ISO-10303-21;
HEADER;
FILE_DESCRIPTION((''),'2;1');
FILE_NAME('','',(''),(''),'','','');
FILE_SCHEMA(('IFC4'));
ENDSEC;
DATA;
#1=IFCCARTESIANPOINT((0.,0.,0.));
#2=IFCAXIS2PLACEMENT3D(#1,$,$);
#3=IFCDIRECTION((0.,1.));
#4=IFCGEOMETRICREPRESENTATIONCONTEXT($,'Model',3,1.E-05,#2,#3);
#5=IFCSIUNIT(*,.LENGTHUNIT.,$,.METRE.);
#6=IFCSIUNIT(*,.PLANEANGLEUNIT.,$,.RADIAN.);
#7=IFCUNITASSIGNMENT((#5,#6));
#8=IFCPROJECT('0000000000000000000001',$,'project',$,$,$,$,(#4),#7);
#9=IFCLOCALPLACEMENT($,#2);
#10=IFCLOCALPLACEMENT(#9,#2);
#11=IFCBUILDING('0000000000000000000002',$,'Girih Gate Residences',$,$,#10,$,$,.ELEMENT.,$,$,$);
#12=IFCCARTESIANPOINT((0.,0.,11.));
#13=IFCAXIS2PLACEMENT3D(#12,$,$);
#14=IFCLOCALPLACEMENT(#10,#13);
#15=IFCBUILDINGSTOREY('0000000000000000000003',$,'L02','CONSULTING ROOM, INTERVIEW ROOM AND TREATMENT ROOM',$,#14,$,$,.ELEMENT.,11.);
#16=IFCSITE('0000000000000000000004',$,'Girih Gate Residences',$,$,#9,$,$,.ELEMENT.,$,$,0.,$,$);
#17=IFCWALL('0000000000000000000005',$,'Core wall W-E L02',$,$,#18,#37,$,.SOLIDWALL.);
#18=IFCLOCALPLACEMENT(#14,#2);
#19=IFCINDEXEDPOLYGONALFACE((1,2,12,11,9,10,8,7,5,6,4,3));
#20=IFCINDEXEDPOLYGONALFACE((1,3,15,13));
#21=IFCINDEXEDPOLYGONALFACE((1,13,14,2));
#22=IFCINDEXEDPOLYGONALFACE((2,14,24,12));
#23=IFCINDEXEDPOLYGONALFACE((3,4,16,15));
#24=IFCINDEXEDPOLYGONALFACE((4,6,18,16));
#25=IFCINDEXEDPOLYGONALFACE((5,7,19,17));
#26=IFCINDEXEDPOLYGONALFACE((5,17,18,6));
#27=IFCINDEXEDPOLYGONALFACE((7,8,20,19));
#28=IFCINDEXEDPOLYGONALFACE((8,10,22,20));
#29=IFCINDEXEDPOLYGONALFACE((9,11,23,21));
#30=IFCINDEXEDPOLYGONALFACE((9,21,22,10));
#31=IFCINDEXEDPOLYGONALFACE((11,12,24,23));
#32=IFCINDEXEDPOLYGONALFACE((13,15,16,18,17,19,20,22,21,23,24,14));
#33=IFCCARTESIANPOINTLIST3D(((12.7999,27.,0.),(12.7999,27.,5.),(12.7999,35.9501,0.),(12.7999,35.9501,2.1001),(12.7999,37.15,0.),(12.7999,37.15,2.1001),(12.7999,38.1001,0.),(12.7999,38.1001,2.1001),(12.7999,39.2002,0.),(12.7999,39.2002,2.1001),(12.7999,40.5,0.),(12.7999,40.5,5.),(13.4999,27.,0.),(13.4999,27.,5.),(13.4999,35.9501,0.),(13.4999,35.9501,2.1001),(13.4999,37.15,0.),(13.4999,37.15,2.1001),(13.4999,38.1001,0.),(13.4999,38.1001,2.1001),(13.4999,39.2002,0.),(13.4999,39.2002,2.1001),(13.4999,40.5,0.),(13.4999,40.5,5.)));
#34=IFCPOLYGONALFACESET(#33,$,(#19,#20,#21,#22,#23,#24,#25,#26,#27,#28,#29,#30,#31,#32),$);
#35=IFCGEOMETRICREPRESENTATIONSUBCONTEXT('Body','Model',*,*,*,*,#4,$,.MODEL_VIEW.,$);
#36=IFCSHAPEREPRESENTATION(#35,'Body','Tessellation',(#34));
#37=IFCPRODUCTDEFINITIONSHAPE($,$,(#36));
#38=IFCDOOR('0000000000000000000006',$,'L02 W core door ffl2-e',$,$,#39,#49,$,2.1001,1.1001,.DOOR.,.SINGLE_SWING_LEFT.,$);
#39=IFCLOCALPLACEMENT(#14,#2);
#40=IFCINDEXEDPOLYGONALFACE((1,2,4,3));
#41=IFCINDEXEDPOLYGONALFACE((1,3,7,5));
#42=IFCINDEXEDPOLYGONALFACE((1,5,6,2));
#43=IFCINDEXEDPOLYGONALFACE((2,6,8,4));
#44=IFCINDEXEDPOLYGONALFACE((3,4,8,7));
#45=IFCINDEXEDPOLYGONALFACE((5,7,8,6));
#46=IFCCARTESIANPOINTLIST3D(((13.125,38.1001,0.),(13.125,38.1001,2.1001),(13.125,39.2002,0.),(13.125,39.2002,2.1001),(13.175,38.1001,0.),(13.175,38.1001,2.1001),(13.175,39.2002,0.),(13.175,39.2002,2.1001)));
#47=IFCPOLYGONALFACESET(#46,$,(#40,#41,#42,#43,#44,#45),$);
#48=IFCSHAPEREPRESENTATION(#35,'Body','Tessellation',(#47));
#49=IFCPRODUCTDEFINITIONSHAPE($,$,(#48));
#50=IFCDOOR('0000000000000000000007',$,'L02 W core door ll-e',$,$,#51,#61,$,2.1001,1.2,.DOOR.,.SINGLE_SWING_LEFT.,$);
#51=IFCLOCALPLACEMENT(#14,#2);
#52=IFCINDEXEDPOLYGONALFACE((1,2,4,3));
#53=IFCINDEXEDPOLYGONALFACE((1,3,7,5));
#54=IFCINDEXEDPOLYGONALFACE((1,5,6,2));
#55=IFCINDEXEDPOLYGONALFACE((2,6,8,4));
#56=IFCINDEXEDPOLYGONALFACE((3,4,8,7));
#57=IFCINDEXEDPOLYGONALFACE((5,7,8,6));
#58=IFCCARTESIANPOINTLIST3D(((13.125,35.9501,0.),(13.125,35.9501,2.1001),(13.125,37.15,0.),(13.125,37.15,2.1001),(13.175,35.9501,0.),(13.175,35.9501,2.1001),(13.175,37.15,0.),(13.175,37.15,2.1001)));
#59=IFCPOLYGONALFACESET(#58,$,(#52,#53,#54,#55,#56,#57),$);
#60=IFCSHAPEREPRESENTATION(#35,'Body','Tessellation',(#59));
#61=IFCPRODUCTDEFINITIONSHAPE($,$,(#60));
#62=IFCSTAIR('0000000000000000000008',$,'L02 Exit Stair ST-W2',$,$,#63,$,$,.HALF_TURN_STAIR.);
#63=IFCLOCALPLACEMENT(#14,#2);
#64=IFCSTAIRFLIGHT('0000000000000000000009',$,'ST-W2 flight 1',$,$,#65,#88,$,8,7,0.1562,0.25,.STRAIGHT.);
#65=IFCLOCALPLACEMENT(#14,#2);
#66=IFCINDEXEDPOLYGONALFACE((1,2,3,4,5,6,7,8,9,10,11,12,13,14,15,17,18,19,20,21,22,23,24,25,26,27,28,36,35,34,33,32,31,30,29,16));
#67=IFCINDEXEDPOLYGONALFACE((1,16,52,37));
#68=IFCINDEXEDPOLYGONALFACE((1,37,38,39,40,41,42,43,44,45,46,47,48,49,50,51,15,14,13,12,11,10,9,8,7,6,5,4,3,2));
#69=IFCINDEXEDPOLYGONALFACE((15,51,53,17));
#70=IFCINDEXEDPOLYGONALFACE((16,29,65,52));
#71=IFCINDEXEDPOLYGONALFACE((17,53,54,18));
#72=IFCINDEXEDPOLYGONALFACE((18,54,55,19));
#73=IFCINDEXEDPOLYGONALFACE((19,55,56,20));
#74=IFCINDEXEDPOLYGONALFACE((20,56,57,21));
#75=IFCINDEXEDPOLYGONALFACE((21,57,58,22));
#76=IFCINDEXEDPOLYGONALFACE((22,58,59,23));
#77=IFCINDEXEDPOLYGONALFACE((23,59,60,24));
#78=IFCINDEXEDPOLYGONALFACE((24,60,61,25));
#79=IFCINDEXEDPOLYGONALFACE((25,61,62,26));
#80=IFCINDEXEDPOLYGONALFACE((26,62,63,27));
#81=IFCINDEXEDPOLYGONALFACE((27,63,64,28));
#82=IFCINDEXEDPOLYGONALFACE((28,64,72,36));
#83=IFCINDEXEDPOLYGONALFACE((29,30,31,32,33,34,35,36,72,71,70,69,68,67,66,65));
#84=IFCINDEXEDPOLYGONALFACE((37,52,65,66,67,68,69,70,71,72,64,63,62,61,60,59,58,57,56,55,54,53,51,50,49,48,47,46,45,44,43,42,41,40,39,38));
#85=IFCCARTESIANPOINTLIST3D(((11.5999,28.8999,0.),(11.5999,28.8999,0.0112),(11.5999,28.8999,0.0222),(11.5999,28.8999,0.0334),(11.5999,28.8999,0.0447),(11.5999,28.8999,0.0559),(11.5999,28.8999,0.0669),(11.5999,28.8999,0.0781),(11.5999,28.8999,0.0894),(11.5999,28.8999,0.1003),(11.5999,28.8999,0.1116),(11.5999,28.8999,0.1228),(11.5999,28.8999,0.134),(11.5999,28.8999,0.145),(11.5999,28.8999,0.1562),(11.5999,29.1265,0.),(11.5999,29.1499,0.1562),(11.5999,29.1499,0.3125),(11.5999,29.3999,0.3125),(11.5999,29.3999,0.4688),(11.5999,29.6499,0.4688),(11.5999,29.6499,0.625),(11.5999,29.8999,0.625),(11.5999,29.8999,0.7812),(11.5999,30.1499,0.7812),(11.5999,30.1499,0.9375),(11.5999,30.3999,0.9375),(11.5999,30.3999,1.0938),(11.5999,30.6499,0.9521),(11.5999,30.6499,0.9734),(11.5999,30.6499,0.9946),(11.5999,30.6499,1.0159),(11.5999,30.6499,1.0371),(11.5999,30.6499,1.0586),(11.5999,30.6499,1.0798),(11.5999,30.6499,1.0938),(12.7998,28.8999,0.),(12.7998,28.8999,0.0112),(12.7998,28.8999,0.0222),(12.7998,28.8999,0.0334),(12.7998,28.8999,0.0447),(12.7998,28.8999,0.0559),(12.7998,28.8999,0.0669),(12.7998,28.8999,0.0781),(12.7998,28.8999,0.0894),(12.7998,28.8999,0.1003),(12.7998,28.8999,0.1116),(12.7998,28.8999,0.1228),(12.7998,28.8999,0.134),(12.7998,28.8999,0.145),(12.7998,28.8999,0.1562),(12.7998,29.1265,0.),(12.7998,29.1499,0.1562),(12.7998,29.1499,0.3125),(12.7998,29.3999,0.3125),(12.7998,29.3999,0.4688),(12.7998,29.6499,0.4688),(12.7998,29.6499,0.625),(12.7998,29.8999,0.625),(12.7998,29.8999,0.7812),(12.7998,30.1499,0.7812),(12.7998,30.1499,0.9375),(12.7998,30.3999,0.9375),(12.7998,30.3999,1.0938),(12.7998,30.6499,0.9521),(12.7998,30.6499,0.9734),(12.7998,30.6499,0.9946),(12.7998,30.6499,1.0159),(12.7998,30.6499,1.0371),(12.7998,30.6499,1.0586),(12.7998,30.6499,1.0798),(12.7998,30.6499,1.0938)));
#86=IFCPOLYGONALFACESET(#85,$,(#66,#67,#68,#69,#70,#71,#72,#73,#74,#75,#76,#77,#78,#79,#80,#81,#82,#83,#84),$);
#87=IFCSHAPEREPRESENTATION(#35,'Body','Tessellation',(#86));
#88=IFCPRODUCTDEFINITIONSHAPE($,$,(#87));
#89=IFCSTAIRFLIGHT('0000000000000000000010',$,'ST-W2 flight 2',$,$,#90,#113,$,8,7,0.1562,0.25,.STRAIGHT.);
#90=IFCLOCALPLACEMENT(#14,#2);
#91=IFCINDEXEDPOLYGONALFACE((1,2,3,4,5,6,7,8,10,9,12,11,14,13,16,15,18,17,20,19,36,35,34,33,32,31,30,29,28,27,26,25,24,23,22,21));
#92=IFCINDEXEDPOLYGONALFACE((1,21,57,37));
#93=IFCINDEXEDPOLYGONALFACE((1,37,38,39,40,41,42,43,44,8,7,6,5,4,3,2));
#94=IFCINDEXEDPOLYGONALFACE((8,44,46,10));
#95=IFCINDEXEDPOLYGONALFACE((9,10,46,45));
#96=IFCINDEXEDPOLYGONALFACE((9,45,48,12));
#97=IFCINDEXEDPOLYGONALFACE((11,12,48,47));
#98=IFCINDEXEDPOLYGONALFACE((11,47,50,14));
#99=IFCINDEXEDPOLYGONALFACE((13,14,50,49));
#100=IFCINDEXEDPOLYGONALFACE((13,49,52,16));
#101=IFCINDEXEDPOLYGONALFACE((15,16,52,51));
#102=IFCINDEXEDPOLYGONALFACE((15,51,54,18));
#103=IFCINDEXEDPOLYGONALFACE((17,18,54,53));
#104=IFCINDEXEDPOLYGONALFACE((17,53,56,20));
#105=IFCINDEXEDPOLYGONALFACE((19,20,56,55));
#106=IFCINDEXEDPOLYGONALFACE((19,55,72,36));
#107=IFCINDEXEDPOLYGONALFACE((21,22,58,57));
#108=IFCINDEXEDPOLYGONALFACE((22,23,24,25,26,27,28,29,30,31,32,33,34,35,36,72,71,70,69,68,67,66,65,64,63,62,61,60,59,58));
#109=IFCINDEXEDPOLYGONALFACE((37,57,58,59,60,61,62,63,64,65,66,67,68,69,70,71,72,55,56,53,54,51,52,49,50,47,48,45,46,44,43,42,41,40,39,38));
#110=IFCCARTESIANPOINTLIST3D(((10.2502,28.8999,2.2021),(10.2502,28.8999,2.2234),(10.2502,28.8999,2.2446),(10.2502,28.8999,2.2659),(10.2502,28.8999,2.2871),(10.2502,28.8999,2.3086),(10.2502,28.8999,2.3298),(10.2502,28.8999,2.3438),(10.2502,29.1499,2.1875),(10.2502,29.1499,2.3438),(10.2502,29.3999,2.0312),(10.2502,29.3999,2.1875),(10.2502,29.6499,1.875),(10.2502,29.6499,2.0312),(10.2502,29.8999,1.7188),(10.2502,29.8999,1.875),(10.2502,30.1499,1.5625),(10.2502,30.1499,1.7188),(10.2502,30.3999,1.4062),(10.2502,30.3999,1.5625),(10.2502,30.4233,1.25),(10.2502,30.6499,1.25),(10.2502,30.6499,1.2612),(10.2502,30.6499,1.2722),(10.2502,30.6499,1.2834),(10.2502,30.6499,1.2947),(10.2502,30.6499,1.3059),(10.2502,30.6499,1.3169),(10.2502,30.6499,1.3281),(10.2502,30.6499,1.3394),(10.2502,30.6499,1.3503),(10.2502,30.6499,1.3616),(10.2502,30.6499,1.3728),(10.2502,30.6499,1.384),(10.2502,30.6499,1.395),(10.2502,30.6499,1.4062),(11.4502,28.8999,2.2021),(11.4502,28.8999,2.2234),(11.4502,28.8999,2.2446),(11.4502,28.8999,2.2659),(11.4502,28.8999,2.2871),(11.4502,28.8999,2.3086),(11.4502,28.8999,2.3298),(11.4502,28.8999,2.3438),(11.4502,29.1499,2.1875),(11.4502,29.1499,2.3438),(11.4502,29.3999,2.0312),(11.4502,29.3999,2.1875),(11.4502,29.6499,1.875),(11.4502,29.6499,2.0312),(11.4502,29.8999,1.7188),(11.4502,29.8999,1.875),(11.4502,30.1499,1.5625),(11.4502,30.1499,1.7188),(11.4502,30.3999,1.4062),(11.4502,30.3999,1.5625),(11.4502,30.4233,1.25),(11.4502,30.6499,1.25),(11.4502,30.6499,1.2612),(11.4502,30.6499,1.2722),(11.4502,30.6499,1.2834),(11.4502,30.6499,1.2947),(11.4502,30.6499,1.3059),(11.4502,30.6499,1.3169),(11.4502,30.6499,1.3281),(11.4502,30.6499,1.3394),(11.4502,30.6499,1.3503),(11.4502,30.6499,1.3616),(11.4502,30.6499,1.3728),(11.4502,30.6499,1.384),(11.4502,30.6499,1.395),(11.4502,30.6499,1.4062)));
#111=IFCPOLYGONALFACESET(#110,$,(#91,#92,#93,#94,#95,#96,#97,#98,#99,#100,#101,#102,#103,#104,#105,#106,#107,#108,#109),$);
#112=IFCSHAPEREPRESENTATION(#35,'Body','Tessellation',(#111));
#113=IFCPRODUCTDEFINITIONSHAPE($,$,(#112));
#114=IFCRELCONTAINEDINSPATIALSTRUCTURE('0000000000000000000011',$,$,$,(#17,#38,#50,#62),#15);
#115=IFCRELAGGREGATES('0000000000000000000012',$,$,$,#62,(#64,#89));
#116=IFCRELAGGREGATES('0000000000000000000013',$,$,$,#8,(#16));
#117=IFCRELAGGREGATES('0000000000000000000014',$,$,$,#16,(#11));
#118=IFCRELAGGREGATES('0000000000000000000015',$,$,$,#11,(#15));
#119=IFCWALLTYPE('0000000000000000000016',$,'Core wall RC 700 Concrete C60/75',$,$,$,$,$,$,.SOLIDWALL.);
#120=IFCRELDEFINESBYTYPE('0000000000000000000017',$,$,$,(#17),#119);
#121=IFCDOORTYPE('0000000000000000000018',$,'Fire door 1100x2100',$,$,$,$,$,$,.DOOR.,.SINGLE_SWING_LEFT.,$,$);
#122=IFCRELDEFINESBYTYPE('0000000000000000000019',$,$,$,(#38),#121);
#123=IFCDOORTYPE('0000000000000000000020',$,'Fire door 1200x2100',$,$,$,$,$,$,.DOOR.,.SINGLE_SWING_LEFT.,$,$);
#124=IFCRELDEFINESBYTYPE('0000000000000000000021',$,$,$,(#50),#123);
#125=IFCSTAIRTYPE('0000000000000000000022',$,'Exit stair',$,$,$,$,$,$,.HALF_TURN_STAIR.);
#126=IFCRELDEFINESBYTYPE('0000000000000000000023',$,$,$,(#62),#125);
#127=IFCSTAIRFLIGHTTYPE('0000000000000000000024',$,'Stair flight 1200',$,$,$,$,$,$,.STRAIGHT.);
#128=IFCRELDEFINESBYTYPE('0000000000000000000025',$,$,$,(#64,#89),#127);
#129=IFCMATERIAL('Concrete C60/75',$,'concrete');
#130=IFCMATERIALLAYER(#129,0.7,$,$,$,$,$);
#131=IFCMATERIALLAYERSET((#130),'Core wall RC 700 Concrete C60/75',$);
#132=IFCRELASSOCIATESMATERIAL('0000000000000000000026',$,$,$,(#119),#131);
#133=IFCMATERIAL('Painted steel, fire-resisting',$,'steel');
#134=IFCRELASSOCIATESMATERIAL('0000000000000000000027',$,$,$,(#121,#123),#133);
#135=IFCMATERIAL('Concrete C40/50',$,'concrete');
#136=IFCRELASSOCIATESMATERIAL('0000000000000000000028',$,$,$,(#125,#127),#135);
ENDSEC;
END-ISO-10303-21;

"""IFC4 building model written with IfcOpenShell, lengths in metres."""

from ifc_helpers import new_model, si_unit, direction, frame, frame_2d, origin, place, context, subcontext, project, spatial, polyline, rectangle, outline, extrude, material, layer, layer_set, type_object, element, fill, aggregate, save


model = new_model("IFC4")

# Units and contexts
model_context = context("Model", 3, precision=1e-05, world=origin(), true_north=direction((0.0, 1.0)))
body_context = subcontext(model_context, "Body", "Model", "MODEL_VIEW")
ifc_project = project(units=[si_unit("LENGTHUNIT", "METRE"), si_unit("PLANEANGLEUNIT", "RADIAN")], contexts=[model_context])

# Site, building, storey
site_placement = place(None, origin())
site = spatial("IfcSite", under=ifc_project, at=site_placement, Name="Girih Gate Residences", CompositionType="ELEMENT", RefElevation=0.0)
building_placement = place(site_placement, origin())
building = spatial("IfcBuilding", under=site, at=building_placement, Name="Girih Gate Residences", CompositionType="ELEMENT")
storey_placement = place(building_placement, frame((0.0, 0.0, 11.0)))
storey = spatial("IfcBuildingStorey", under=building, at=storey_placement, Name="L02", Description="CONSULTING ROOM, INTERVIEW ROOM AND TREATMENT ROOM", CompositionType="ELEMENT", Elevation=11.0)

# Shared definitions
ifc_material_1 = material(Name="Concrete C60/75", Category="concrete")

# Wall, openings, doors
ifc_layer_1 = layer(ifc_material_1, 0.7)
ifc_layer_set_1 = layer_set([ifc_layer_1], Name="Core wall RC 700 Concrete C60/75")
wall_type = type_object("IfcWallType", Name="Core wall RC 700 Concrete C60/75", PredefinedType="SOLIDWALL", material=ifc_layer_set_1)
wall_placement = place(storey_placement, frame((13.1499, 27.0, 0.0), z_axis=(0.0, 0.0, 1.0), x_axis=(0.0, 1.0, 0.0)))
wall = element("IfcWall", 1, at=wall_placement, inside=storey, type_object=wall_type, Name="Core wall W-E L02", PredefinedType="SOLIDWALL", context=body_context, shape_type="SweptSolid", body=[
    extrude(rectangle(XDim=13.5, YDim=0.7, at=frame_2d((6.75, 0.0))), origin(), (0.0, 0.0, 1.0), 5.0),
])
opening_1_placement = place(wall_placement, frame((11.1001, 0.0, 0.0)))
opening_1 = element("IfcOpeningElement", 2, at=opening_1_placement, cuts=wall, PredefinedType="OPENING", context=body_context, shape_type="SweptSolid", body=[
    extrude(rectangle(XDim=1.1001, YDim=2.1001, at=frame_2d((0.55, 1.05))), frame((0.0, 0.3599, 0.0), z_axis=(0.0, -1.0, 0.0), x_axis=(1.0, 0.0, 0.0)), (0.0, 0.0, 1.0), 0.72),
])
opening_2_placement = place(wall_placement, frame((8.95, 0.0, 0.0)))
opening_2 = element("IfcOpeningElement", 3, at=opening_2_placement, cuts=wall, PredefinedType="OPENING", context=body_context, shape_type="SweptSolid", body=[
    extrude(rectangle(XDim=1.2, YDim=2.1001, at=frame_2d((0.6001, 1.05))), frame((0.0, 0.3599, 0.0), z_axis=(0.0, -1.0, 0.0), x_axis=(1.0, 0.0, 0.0)), (0.0, 0.0, 1.0), 0.72),
])
ifc_material_2 = material(Name="Painted steel, fire-resisting", Category="steel")
door_type_1 = type_object("IfcDoorType", Name="Fire door 1100x2100", OperationType="SINGLE_SWING_LEFT", PredefinedType="DOOR", material=ifc_material_2)
door_1_placement = place(opening_1_placement, origin())
door_1 = element("IfcDoor", 4, at=door_1_placement, inside=storey, type_object=door_type_1, Name="L02 W core door ffl2-e", OperationType="SINGLE_SWING_LEFT", OverallHeight=2.1001, OverallWidth=1.1001, PredefinedType="DOOR", context=body_context, shape_type="SweptSolid", body=[
    extrude(rectangle(XDim=1.1001, YDim=2.1001, at=frame_2d((0.55, 1.05))), frame((0.0, 0.0249, 0.0), z_axis=(0.0, -1.0, 0.0), x_axis=(1.0, 0.0, 0.0)), (0.0, 0.0, 1.0), 0.05),
])
fill(opening_1, door_1)
door_type_2 = type_object("IfcDoorType", Name="Fire door 1200x2100", OperationType="SINGLE_SWING_LEFT", PredefinedType="DOOR", material=ifc_material_2)
door_2_placement = place(opening_2_placement, origin())
door_2 = element("IfcDoor", 5, at=door_2_placement, inside=storey, type_object=door_type_2, Name="L02 W core door ll-e", OperationType="SINGLE_SWING_LEFT", OverallHeight=2.1001, OverallWidth=1.2, PredefinedType="DOOR", context=body_context, shape_type="SweptSolid", body=[
    extrude(rectangle(XDim=1.2, YDim=2.1001, at=frame_2d((0.6001, 1.05))), frame((0.0, 0.0249, 0.0), z_axis=(0.0, -1.0, 0.0), x_axis=(1.0, 0.0, 0.0)), (0.0, 0.0, 1.0), 0.05),
])
fill(opening_2, door_2)

# Stair, stair flights
ifc_material_3 = material(Name="Concrete C40/50", Category="concrete")
stair_type = type_object("IfcStairType", Name="Exit stair", PredefinedType="HALF_TURN_STAIR", material=ifc_material_3)
stair_placement = place(storey_placement, origin())
stair = element("IfcStair", 6, at=stair_placement, inside=storey, type_object=stair_type, Name="L02 Exit Stair ST-W2", PredefinedType="HALF_TURN_STAIR")
stair_flight_type = type_object("IfcStairFlightType", Name="Stair flight 1200", PredefinedType="STRAIGHT", material=ifc_material_3)
stair_flight_1_placement = place(storey_placement, frame((12.2, 28.8999, 0.0), z_axis=(0.0, 0.0, 1.0), x_axis=(0.0, 1.0, 0.0)))
stair_flight_1 = element("IfcStairFlight", 7, at=stair_flight_1_placement, type_object=stair_flight_type, Name="ST-W2 flight 1", NumberOfRisers=8, NumberOfTreads=7, PredefinedType="STRAIGHT", RiserHeight=0.1562, TreadLength=0.25, context=body_context, shape_type="SweptSolid", body=[
    extrude(outline(polyline([(0.0, 0.0), (0.0, 0.0112), (0.0, 0.0222), (0.0, 0.0334), (0.0, 0.0447), (0.0, 0.0559), (0.0, 0.0669), (0.0, 0.0781), (0.0, 0.0894), (0.0, 0.1003), (0.0, 0.1116), (0.0, 0.1228), (0.0, 0.134), (0.0, 0.145), (0.0, 0.1562), (0.25, 0.1562), (0.25, 0.3125), (0.5, 0.3125), (0.5, 0.4688), (0.75, 0.4688), (0.75, 0.625), (1.0, 0.625), (1.0, 0.7812), (1.25, 0.7812), (1.25, 0.9375), (1.5, 0.9375), (1.5, 1.0938), (1.75, 1.0938), (1.75, 1.105), (1.75, 1.116), (1.75, 1.1272), (1.75, 1.1384), (1.75, 1.1497), (1.75, 1.1606), (1.75, 1.1719), (1.75, 1.1831), (1.75, 1.1941), (1.75, 1.2053), (1.75, 1.2166), (1.75, 1.2278), (1.75, 1.2388), (1.75, 1.25), (1.75, 1.2288), (1.75, 1.2075), (1.75, 1.1863), (1.75, 1.1648), (1.75, 1.1436), (1.75, 1.1223), (1.75, 1.1011), (1.75, 1.0798), (1.75, 1.0586), (1.75, 1.0371), (1.75, 1.0159), (1.75, 0.9946), (1.75, 0.9734), (1.75, 0.9521), (0.2266, 0.0), (0.0, 0.0)])), frame((0.0, 0.6001, 0.0), z_axis=(0.0, -1.0, 0.0), x_axis=(1.0, 0.0, 0.0)), (0.0, 0.0, 1.0), 1.2),
])
stair_flight_2_placement = place(storey_placement, frame((10.8501, 30.6499, 1.25), z_axis=(0.0, 0.0, 1.0), x_axis=(0.0, -1.0, 0.0)))
stair_flight_2 = element("IfcStairFlight", 8, at=stair_flight_2_placement, type_object=stair_flight_type, Name="ST-W2 flight 2", NumberOfRisers=8, NumberOfTreads=7, PredefinedType="STRAIGHT", RiserHeight=0.1562, TreadLength=0.25, context=body_context, shape_type="SweptSolid", body=[
    extrude(outline(polyline([(0.0, 0.0), (0.0, 0.0112), (0.0, 0.0222), (0.0, 0.0334), (0.0, 0.0447), (0.0, 0.0559), (0.0, 0.0669), (0.0, 0.0781), (0.0, 0.0894), (0.0, 0.1003), (0.0, 0.1116), (0.0, 0.1228), (0.0, 0.134), (0.0, 0.145), (0.0, 0.1562), (0.25, 0.1562), (0.25, 0.3125), (0.5, 0.3125), (0.5, 0.4688), (0.75, 0.4688), (0.75, 0.625), (1.0, 0.625), (1.0, 0.7812), (1.25, 0.7812), (1.25, 0.9375), (1.5, 0.9375), (1.5, 1.0938), (1.75, 1.0938), (1.75, 1.105), (1.75, 1.116), (1.75, 1.1272), (1.75, 1.1384), (1.75, 1.1497), (1.75, 1.1606), (1.75, 1.1719), (1.75, 1.1831), (1.75, 1.1941), (1.75, 1.2053), (1.75, 1.2166), (1.75, 1.2278), (1.75, 1.2388), (1.75, 1.25), (1.75, 1.2288), (1.75, 1.2075), (1.75, 1.1863), (1.75, 1.1648), (1.75, 1.1436), (1.75, 1.1223), (1.75, 1.1011), (1.75, 1.0798), (1.75, 1.0586), (1.75, 1.0371), (1.75, 1.0159), (1.75, 0.9946), (1.75, 0.9734), (1.75, 0.9521), (0.2266, 0.0), (0.0, 0.0)])), frame((0.0, 0.6001, 0.0), z_axis=(0.0, -1.0, 0.0), x_axis=(1.0, 0.0, 0.0)), (0.0, 0.0, 1.0), 1.2),
])
aggregate(stair, [stair_flight_1, stair_flight_2])

save(model, "model.ifc")
